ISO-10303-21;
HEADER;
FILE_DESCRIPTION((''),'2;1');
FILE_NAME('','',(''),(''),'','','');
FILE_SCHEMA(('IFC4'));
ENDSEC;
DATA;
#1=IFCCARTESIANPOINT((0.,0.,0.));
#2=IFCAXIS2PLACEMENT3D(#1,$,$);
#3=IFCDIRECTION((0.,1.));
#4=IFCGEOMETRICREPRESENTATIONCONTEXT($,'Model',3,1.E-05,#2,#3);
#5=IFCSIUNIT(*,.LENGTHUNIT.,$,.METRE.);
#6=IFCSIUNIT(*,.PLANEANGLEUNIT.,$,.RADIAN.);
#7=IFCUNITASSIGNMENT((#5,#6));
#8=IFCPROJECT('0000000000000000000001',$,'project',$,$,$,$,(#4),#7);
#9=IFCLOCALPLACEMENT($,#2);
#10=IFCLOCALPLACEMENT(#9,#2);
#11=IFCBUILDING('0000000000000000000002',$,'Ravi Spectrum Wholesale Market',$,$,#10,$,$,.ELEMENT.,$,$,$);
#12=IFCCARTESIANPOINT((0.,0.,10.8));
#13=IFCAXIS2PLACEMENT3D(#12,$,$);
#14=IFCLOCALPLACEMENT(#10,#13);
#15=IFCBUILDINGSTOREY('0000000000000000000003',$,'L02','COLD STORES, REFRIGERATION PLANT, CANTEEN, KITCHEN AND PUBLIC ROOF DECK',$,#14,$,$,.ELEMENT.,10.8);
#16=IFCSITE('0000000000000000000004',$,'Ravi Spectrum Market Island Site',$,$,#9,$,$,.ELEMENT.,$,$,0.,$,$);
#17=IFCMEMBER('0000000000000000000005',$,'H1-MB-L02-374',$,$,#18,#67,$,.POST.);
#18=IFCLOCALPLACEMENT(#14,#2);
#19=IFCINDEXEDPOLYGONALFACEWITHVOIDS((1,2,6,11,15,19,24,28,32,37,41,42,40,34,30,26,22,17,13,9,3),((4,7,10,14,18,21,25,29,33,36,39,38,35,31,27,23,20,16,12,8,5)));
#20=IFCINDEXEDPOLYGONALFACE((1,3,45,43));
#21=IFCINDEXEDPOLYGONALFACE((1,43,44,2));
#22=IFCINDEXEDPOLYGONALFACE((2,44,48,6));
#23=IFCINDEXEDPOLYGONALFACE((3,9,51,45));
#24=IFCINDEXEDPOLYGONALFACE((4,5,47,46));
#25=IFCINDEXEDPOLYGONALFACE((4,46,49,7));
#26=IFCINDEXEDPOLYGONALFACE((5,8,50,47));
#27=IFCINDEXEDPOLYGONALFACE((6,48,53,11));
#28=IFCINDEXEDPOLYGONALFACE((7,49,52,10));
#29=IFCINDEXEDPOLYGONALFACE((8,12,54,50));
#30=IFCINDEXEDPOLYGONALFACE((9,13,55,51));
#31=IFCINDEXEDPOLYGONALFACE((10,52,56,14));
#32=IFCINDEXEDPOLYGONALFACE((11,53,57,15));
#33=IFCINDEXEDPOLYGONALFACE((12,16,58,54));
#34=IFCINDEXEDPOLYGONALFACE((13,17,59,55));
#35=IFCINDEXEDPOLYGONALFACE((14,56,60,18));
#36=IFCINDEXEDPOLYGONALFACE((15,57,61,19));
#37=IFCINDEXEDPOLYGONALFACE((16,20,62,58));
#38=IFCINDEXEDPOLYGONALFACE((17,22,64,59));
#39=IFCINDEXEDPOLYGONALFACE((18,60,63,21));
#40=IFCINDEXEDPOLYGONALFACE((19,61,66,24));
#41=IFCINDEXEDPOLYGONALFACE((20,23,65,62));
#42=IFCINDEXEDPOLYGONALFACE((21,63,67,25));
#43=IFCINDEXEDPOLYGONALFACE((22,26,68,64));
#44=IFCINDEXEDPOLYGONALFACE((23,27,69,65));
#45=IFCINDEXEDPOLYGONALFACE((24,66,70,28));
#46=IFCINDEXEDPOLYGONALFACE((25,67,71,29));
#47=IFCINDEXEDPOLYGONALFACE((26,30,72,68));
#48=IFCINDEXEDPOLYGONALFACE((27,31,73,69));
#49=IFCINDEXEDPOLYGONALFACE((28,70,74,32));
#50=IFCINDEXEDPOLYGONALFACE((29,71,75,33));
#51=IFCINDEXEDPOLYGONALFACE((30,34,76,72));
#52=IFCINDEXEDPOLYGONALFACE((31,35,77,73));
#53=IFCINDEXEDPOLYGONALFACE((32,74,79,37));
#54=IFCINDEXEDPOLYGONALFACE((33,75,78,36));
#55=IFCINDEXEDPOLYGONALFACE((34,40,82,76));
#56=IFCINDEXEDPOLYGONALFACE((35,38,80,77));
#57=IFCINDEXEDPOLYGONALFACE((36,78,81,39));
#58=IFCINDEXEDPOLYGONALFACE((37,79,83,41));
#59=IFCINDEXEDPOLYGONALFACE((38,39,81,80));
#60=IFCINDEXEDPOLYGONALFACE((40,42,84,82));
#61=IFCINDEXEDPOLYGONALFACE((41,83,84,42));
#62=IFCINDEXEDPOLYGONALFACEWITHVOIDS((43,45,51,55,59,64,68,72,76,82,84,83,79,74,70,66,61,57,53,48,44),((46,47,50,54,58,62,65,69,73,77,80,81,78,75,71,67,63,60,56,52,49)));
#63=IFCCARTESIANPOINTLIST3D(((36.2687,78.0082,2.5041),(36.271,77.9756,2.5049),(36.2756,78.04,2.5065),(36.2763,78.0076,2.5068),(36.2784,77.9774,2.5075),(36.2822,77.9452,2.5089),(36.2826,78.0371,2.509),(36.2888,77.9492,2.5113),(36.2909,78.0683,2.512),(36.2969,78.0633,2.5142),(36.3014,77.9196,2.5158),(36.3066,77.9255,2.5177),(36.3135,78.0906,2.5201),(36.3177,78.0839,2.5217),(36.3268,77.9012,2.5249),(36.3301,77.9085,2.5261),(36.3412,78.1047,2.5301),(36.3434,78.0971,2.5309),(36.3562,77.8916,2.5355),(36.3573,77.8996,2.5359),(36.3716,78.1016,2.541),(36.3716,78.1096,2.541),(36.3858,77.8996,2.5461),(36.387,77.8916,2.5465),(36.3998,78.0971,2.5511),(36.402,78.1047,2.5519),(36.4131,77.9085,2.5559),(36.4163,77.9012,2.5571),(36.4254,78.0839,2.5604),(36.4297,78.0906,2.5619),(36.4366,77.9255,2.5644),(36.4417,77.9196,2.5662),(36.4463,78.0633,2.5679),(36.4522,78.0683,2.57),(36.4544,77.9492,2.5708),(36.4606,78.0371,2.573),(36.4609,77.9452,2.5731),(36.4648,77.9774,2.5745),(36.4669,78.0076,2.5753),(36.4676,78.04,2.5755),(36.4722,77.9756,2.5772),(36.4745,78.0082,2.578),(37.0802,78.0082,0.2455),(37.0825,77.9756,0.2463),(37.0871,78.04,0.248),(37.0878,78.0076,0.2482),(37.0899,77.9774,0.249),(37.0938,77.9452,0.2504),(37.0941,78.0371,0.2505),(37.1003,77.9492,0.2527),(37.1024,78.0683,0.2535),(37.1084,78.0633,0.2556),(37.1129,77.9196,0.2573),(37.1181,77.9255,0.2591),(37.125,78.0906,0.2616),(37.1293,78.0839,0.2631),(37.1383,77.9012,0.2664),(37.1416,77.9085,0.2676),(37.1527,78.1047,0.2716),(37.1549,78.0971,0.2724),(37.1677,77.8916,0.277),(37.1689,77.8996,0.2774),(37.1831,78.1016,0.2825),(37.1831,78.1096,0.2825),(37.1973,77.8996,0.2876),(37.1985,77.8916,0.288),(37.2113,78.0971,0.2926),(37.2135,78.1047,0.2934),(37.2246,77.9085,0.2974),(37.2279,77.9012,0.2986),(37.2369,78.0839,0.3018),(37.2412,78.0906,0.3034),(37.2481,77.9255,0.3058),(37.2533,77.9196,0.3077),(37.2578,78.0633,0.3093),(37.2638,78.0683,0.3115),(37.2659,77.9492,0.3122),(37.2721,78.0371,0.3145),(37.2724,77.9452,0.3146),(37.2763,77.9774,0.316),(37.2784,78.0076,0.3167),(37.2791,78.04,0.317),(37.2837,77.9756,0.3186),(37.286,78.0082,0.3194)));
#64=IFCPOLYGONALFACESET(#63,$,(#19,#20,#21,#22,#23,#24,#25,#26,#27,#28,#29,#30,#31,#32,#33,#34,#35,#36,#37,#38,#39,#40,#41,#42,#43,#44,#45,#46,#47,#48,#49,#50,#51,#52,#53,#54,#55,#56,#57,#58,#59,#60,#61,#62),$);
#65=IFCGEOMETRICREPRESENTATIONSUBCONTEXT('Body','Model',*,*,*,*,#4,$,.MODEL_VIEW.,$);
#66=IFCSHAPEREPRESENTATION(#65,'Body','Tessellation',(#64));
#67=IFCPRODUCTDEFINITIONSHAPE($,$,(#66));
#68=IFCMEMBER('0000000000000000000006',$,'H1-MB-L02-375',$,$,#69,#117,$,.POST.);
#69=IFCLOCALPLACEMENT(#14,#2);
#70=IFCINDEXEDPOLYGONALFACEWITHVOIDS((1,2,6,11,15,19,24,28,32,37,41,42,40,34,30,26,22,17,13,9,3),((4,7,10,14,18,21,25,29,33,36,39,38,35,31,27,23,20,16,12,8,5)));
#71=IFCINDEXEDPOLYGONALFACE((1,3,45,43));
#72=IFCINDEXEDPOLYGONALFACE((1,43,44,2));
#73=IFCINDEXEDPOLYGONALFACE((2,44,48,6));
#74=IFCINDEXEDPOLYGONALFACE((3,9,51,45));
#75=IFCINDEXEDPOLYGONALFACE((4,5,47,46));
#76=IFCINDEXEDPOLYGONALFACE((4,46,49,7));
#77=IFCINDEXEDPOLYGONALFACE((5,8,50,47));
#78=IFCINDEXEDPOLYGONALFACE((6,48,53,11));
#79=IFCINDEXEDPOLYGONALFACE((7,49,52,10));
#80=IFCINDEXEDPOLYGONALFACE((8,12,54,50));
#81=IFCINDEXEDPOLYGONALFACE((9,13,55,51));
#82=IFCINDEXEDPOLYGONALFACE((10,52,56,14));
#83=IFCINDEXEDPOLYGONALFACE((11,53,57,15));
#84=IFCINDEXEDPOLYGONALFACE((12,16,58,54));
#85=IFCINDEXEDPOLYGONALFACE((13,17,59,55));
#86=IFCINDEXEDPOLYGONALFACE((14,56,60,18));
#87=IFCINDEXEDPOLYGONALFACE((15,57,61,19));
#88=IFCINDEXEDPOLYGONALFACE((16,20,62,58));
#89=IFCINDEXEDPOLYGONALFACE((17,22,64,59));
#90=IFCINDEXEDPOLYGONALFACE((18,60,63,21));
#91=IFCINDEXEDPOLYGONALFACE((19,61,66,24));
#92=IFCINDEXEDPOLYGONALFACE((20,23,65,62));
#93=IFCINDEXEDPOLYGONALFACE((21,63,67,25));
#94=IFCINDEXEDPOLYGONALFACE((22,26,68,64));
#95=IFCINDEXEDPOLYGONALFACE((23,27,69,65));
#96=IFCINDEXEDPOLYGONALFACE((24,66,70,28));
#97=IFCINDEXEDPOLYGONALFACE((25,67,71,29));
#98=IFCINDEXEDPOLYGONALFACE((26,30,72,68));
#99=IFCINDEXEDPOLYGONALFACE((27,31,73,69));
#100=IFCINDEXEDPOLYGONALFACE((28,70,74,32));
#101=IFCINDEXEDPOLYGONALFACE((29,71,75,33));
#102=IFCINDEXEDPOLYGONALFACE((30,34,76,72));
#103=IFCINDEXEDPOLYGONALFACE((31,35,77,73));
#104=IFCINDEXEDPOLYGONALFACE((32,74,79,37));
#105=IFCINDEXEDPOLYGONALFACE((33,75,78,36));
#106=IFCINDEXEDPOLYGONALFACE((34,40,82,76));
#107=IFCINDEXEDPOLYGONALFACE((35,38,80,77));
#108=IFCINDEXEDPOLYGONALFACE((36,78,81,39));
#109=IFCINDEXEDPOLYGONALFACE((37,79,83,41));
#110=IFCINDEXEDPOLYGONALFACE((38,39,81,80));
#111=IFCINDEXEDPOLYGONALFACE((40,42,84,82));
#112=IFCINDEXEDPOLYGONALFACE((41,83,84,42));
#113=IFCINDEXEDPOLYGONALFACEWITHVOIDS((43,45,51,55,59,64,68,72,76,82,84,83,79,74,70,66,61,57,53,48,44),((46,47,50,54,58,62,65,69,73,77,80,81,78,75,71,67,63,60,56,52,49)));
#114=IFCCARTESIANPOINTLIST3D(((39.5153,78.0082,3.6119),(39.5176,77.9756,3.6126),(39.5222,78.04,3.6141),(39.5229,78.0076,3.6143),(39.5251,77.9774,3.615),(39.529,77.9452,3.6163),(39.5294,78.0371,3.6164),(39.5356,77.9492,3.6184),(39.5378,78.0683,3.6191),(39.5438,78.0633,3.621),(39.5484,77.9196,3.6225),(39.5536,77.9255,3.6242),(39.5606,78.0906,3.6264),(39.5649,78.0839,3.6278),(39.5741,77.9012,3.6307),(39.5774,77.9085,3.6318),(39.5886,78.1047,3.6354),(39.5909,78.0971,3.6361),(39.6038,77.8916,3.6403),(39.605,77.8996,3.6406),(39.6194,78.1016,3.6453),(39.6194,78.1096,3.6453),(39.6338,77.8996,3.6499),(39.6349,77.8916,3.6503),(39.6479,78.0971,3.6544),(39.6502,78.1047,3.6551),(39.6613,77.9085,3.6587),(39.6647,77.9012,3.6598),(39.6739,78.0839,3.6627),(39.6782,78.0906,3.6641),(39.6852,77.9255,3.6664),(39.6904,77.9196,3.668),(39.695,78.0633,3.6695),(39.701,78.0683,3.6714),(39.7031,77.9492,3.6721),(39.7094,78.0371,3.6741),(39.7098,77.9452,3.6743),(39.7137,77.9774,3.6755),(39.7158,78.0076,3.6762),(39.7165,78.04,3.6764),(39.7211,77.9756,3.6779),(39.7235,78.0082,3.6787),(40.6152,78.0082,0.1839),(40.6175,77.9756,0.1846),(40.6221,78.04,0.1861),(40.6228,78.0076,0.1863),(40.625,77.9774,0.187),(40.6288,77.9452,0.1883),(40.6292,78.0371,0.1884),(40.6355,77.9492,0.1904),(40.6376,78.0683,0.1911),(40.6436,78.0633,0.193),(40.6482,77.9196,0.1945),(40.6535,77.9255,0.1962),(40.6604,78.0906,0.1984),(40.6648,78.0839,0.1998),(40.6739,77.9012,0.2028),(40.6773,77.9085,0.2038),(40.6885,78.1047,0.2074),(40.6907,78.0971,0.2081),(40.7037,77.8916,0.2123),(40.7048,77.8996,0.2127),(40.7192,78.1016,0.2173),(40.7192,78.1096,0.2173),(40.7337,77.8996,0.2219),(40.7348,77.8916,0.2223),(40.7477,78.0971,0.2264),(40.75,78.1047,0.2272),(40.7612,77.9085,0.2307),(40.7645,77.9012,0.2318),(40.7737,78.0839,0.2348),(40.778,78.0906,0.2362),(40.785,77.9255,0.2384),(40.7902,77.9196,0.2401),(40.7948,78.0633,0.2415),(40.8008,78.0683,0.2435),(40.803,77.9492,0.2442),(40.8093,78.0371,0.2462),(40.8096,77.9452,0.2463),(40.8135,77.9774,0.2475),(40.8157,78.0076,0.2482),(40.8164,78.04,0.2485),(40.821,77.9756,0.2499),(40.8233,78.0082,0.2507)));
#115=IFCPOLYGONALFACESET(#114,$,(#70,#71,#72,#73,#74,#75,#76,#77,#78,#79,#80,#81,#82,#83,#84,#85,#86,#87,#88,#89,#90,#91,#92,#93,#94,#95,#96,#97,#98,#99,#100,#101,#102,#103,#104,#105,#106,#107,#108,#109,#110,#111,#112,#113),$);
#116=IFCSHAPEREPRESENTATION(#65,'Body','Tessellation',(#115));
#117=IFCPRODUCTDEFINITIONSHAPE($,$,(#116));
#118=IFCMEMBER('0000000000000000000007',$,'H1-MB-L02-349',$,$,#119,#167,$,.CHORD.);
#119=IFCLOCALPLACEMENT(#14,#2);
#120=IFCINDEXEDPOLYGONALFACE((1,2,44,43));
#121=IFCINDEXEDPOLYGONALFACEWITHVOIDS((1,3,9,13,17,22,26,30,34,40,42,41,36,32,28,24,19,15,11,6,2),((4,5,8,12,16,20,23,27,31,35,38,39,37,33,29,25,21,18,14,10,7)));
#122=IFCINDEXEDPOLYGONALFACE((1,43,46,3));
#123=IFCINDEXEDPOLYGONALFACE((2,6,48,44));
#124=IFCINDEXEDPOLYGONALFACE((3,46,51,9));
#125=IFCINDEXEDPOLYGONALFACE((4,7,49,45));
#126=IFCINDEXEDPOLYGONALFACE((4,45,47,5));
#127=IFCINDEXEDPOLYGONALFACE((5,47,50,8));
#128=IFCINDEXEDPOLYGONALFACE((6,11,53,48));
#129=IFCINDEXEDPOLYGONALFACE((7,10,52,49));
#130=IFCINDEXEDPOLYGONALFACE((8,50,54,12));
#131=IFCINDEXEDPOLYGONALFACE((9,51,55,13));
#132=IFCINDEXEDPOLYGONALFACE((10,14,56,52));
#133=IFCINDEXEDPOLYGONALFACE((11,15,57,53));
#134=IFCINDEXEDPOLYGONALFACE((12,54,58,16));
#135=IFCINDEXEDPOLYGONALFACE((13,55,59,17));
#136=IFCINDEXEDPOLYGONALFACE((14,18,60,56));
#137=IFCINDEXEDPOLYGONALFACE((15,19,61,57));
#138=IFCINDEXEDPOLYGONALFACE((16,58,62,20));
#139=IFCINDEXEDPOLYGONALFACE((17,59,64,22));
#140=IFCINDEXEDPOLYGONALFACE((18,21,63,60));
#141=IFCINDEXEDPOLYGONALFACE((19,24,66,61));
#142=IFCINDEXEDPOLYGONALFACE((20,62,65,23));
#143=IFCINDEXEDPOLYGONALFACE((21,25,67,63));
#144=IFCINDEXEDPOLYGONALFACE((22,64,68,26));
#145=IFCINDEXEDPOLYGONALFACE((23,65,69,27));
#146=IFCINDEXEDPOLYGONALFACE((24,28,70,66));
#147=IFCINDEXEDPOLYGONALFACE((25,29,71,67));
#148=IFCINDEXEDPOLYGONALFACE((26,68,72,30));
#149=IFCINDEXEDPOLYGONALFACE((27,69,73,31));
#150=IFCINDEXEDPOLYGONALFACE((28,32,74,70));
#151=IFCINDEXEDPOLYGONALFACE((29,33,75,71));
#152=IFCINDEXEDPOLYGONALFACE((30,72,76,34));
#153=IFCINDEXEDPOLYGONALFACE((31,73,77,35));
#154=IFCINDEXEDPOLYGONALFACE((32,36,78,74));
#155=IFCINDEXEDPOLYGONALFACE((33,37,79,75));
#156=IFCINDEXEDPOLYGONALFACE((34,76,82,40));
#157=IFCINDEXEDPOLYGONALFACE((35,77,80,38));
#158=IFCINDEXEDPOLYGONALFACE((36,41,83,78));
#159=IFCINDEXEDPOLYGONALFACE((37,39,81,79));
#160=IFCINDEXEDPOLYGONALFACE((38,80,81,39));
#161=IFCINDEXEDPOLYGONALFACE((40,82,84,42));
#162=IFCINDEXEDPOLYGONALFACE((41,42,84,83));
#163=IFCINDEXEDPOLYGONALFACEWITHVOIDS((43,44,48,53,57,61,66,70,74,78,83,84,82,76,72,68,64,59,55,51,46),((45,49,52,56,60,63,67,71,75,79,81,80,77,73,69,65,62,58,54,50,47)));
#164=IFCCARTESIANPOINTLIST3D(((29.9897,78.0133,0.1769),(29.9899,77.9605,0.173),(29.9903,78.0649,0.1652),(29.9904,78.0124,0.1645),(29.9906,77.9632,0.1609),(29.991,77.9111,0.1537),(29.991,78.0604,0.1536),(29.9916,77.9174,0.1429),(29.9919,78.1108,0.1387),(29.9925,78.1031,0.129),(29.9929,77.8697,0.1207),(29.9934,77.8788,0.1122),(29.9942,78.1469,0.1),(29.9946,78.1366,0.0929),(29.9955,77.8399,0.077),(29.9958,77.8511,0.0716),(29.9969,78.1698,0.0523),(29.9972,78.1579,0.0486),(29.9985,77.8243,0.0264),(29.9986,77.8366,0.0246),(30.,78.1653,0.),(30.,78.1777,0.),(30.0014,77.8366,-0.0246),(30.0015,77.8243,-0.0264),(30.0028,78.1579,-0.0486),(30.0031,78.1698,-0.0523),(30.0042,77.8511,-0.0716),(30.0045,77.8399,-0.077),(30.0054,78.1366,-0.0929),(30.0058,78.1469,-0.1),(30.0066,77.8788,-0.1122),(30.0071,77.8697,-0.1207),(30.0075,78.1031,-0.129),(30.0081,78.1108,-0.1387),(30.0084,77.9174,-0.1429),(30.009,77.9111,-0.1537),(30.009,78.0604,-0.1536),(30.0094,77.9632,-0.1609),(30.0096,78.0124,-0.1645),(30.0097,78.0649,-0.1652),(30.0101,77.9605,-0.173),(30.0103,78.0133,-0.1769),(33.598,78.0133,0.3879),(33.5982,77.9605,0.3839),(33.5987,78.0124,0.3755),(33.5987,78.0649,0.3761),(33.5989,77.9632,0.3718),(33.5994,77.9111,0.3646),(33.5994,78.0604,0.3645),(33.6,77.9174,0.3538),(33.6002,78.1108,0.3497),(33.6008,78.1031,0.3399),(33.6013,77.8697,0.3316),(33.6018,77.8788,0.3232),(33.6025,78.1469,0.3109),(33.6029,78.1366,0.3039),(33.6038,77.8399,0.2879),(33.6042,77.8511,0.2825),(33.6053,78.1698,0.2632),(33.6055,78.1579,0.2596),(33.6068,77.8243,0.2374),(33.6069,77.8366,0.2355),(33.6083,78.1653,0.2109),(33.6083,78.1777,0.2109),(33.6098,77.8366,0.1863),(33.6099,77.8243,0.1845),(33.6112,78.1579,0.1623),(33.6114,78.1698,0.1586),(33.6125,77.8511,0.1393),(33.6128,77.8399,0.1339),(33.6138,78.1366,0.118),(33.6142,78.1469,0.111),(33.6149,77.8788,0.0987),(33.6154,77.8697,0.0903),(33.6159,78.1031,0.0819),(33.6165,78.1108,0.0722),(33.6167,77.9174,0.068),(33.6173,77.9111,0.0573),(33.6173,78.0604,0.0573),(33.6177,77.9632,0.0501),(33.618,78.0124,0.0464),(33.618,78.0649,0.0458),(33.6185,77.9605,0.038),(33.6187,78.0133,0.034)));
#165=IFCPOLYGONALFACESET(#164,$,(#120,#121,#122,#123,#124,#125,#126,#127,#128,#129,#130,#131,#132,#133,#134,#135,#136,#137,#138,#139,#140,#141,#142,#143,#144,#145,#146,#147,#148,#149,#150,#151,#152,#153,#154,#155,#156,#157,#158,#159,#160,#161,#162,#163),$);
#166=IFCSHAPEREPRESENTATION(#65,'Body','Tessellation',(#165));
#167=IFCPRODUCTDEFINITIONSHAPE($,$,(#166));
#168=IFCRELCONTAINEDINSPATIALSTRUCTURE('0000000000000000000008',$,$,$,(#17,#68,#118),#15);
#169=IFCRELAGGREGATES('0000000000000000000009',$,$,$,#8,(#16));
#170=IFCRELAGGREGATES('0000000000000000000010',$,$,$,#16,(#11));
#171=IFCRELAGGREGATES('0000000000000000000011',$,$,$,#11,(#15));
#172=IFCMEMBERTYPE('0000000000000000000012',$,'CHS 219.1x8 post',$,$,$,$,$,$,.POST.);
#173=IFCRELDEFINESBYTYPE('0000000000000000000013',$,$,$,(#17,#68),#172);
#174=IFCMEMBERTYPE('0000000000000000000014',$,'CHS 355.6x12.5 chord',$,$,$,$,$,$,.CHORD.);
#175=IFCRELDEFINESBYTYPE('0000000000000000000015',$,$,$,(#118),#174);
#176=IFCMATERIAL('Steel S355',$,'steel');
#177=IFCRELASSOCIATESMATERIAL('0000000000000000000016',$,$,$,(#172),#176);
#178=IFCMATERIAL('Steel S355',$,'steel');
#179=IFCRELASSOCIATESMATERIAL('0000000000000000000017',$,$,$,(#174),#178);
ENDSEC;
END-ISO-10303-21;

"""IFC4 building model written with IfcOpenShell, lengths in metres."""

from ifc_helpers import new_model, si_unit, direction, frame, origin, origin_2d, place, context, subcontext, project, spatial, hollow_circle, extrude, material, material_profile, profile_set, type_object, element, save


model = new_model("IFC4")

# Units and contexts
model_context = context("Model", 3, precision=1e-05, world=origin(), true_north=direction((0.0, 1.0)))
body_context = subcontext(model_context, "Body", "Model", "MODEL_VIEW")
ifc_project = project(units=[si_unit("LENGTHUNIT", "METRE"), si_unit("PLANEANGLEUNIT", "RADIAN")], contexts=[model_context])

# Site, building, storey
site_placement = place(None, origin())
site = spatial("IfcSite", under=ifc_project, at=site_placement, Name="Ravi Spectrum Market Island Site", CompositionType="ELEMENT", RefElevation=0.0)
building_placement = place(site_placement, origin())
building = spatial("IfcBuilding", under=site, at=building_placement, Name="Ravi Spectrum Wholesale Market", CompositionType="ELEMENT")
storey_placement = place(building_placement, frame((0.0, 0.0, 10.8)))
storey = spatial("IfcBuildingStorey", under=building, at=storey_placement, Name="L02", Description="COLD STORES, REFRIGERATION PLANT, CANTEEN, KITCHEN AND PUBLIC ROOF DECK", CompositionType="ELEMENT", Elevation=10.8)

# Members
ifc_material_1 = material(Name="Steel S355", Category="steel")
ifc_material_profile_1 = material_profile(ifc_material_1, hollow_circle(Radius=0.1096, WallThickness=0.0081, at=origin_2d()))
ifc_profile_set_1 = profile_set([ifc_material_profile_1], Name="Steel S355")
member_type_1 = type_object("IfcMemberType", Name="CHS 219.1x8 post", PredefinedType="POST", material=ifc_profile_set_1)
member_1_placement = place(storey_placement, frame((36.3716, 78.0, 2.541), z_axis=(0.338147, 0.0, -0.941093), x_axis=(0.0, 1.0, 0.0)))
element("IfcMember", 1, at=member_1_placement, inside=storey, type_object=member_type_1, Name="H1-MB-L02-374", PredefinedType="POST", context=body_context, shape_type="SweptSolid", body=[
    extrude(hollow_circle(Radius=0.1096, WallThickness=0.0081, at=origin_2d()), origin(), (0.0, 0.0, 1.0), 2.3999),
])
member_2_placement = place(storey_placement, frame((39.6194, 78.0, 3.6453), z_axis=(0.305506, 0.0, -0.95219), x_axis=(0.0, 1.0, 0.0)))
element("IfcMember", 2, at=member_2_placement, inside=storey, type_object=member_type_1, Name="H1-MB-L02-375", PredefinedType="POST", context=body_context, shape_type="SweptSolid", body=[
    extrude(hollow_circle(Radius=0.1096, WallThickness=0.0081, at=origin_2d()), origin(), (0.0, 0.0, 1.0), 3.6001),
])
ifc_material_2 = material(Name="Steel S355", Category="steel")
ifc_material_profile_2 = material_profile(ifc_material_2, hollow_circle(Radius=0.1777, WallThickness=0.0125, at=origin_2d()))
ifc_profile_set_2 = profile_set([ifc_material_profile_2], Name="Steel S355")
member_type_2 = type_object("IfcMemberType", Name="CHS 355.6x12.5 chord", PredefinedType="CHORD", material=ifc_profile_set_2)
member_3_placement = place(storey_placement, frame((30.0, 78.0, 0.0), z_axis=(0.998296, 0.0, 0.058358), x_axis=(0.0, 1.0, 0.0)))
element("IfcMember", 3, at=member_3_placement, inside=storey, type_object=member_type_2, Name="H1-MB-L02-349", PredefinedType="CHORD", context=body_context, shape_type="SweptSolid", body=[
    extrude(hollow_circle(Radius=0.1777, WallThickness=0.0125, at=origin_2d()), origin(), (0.0, 0.0, 1.0), 3.6145),
])

save(model, "model.ifc")
